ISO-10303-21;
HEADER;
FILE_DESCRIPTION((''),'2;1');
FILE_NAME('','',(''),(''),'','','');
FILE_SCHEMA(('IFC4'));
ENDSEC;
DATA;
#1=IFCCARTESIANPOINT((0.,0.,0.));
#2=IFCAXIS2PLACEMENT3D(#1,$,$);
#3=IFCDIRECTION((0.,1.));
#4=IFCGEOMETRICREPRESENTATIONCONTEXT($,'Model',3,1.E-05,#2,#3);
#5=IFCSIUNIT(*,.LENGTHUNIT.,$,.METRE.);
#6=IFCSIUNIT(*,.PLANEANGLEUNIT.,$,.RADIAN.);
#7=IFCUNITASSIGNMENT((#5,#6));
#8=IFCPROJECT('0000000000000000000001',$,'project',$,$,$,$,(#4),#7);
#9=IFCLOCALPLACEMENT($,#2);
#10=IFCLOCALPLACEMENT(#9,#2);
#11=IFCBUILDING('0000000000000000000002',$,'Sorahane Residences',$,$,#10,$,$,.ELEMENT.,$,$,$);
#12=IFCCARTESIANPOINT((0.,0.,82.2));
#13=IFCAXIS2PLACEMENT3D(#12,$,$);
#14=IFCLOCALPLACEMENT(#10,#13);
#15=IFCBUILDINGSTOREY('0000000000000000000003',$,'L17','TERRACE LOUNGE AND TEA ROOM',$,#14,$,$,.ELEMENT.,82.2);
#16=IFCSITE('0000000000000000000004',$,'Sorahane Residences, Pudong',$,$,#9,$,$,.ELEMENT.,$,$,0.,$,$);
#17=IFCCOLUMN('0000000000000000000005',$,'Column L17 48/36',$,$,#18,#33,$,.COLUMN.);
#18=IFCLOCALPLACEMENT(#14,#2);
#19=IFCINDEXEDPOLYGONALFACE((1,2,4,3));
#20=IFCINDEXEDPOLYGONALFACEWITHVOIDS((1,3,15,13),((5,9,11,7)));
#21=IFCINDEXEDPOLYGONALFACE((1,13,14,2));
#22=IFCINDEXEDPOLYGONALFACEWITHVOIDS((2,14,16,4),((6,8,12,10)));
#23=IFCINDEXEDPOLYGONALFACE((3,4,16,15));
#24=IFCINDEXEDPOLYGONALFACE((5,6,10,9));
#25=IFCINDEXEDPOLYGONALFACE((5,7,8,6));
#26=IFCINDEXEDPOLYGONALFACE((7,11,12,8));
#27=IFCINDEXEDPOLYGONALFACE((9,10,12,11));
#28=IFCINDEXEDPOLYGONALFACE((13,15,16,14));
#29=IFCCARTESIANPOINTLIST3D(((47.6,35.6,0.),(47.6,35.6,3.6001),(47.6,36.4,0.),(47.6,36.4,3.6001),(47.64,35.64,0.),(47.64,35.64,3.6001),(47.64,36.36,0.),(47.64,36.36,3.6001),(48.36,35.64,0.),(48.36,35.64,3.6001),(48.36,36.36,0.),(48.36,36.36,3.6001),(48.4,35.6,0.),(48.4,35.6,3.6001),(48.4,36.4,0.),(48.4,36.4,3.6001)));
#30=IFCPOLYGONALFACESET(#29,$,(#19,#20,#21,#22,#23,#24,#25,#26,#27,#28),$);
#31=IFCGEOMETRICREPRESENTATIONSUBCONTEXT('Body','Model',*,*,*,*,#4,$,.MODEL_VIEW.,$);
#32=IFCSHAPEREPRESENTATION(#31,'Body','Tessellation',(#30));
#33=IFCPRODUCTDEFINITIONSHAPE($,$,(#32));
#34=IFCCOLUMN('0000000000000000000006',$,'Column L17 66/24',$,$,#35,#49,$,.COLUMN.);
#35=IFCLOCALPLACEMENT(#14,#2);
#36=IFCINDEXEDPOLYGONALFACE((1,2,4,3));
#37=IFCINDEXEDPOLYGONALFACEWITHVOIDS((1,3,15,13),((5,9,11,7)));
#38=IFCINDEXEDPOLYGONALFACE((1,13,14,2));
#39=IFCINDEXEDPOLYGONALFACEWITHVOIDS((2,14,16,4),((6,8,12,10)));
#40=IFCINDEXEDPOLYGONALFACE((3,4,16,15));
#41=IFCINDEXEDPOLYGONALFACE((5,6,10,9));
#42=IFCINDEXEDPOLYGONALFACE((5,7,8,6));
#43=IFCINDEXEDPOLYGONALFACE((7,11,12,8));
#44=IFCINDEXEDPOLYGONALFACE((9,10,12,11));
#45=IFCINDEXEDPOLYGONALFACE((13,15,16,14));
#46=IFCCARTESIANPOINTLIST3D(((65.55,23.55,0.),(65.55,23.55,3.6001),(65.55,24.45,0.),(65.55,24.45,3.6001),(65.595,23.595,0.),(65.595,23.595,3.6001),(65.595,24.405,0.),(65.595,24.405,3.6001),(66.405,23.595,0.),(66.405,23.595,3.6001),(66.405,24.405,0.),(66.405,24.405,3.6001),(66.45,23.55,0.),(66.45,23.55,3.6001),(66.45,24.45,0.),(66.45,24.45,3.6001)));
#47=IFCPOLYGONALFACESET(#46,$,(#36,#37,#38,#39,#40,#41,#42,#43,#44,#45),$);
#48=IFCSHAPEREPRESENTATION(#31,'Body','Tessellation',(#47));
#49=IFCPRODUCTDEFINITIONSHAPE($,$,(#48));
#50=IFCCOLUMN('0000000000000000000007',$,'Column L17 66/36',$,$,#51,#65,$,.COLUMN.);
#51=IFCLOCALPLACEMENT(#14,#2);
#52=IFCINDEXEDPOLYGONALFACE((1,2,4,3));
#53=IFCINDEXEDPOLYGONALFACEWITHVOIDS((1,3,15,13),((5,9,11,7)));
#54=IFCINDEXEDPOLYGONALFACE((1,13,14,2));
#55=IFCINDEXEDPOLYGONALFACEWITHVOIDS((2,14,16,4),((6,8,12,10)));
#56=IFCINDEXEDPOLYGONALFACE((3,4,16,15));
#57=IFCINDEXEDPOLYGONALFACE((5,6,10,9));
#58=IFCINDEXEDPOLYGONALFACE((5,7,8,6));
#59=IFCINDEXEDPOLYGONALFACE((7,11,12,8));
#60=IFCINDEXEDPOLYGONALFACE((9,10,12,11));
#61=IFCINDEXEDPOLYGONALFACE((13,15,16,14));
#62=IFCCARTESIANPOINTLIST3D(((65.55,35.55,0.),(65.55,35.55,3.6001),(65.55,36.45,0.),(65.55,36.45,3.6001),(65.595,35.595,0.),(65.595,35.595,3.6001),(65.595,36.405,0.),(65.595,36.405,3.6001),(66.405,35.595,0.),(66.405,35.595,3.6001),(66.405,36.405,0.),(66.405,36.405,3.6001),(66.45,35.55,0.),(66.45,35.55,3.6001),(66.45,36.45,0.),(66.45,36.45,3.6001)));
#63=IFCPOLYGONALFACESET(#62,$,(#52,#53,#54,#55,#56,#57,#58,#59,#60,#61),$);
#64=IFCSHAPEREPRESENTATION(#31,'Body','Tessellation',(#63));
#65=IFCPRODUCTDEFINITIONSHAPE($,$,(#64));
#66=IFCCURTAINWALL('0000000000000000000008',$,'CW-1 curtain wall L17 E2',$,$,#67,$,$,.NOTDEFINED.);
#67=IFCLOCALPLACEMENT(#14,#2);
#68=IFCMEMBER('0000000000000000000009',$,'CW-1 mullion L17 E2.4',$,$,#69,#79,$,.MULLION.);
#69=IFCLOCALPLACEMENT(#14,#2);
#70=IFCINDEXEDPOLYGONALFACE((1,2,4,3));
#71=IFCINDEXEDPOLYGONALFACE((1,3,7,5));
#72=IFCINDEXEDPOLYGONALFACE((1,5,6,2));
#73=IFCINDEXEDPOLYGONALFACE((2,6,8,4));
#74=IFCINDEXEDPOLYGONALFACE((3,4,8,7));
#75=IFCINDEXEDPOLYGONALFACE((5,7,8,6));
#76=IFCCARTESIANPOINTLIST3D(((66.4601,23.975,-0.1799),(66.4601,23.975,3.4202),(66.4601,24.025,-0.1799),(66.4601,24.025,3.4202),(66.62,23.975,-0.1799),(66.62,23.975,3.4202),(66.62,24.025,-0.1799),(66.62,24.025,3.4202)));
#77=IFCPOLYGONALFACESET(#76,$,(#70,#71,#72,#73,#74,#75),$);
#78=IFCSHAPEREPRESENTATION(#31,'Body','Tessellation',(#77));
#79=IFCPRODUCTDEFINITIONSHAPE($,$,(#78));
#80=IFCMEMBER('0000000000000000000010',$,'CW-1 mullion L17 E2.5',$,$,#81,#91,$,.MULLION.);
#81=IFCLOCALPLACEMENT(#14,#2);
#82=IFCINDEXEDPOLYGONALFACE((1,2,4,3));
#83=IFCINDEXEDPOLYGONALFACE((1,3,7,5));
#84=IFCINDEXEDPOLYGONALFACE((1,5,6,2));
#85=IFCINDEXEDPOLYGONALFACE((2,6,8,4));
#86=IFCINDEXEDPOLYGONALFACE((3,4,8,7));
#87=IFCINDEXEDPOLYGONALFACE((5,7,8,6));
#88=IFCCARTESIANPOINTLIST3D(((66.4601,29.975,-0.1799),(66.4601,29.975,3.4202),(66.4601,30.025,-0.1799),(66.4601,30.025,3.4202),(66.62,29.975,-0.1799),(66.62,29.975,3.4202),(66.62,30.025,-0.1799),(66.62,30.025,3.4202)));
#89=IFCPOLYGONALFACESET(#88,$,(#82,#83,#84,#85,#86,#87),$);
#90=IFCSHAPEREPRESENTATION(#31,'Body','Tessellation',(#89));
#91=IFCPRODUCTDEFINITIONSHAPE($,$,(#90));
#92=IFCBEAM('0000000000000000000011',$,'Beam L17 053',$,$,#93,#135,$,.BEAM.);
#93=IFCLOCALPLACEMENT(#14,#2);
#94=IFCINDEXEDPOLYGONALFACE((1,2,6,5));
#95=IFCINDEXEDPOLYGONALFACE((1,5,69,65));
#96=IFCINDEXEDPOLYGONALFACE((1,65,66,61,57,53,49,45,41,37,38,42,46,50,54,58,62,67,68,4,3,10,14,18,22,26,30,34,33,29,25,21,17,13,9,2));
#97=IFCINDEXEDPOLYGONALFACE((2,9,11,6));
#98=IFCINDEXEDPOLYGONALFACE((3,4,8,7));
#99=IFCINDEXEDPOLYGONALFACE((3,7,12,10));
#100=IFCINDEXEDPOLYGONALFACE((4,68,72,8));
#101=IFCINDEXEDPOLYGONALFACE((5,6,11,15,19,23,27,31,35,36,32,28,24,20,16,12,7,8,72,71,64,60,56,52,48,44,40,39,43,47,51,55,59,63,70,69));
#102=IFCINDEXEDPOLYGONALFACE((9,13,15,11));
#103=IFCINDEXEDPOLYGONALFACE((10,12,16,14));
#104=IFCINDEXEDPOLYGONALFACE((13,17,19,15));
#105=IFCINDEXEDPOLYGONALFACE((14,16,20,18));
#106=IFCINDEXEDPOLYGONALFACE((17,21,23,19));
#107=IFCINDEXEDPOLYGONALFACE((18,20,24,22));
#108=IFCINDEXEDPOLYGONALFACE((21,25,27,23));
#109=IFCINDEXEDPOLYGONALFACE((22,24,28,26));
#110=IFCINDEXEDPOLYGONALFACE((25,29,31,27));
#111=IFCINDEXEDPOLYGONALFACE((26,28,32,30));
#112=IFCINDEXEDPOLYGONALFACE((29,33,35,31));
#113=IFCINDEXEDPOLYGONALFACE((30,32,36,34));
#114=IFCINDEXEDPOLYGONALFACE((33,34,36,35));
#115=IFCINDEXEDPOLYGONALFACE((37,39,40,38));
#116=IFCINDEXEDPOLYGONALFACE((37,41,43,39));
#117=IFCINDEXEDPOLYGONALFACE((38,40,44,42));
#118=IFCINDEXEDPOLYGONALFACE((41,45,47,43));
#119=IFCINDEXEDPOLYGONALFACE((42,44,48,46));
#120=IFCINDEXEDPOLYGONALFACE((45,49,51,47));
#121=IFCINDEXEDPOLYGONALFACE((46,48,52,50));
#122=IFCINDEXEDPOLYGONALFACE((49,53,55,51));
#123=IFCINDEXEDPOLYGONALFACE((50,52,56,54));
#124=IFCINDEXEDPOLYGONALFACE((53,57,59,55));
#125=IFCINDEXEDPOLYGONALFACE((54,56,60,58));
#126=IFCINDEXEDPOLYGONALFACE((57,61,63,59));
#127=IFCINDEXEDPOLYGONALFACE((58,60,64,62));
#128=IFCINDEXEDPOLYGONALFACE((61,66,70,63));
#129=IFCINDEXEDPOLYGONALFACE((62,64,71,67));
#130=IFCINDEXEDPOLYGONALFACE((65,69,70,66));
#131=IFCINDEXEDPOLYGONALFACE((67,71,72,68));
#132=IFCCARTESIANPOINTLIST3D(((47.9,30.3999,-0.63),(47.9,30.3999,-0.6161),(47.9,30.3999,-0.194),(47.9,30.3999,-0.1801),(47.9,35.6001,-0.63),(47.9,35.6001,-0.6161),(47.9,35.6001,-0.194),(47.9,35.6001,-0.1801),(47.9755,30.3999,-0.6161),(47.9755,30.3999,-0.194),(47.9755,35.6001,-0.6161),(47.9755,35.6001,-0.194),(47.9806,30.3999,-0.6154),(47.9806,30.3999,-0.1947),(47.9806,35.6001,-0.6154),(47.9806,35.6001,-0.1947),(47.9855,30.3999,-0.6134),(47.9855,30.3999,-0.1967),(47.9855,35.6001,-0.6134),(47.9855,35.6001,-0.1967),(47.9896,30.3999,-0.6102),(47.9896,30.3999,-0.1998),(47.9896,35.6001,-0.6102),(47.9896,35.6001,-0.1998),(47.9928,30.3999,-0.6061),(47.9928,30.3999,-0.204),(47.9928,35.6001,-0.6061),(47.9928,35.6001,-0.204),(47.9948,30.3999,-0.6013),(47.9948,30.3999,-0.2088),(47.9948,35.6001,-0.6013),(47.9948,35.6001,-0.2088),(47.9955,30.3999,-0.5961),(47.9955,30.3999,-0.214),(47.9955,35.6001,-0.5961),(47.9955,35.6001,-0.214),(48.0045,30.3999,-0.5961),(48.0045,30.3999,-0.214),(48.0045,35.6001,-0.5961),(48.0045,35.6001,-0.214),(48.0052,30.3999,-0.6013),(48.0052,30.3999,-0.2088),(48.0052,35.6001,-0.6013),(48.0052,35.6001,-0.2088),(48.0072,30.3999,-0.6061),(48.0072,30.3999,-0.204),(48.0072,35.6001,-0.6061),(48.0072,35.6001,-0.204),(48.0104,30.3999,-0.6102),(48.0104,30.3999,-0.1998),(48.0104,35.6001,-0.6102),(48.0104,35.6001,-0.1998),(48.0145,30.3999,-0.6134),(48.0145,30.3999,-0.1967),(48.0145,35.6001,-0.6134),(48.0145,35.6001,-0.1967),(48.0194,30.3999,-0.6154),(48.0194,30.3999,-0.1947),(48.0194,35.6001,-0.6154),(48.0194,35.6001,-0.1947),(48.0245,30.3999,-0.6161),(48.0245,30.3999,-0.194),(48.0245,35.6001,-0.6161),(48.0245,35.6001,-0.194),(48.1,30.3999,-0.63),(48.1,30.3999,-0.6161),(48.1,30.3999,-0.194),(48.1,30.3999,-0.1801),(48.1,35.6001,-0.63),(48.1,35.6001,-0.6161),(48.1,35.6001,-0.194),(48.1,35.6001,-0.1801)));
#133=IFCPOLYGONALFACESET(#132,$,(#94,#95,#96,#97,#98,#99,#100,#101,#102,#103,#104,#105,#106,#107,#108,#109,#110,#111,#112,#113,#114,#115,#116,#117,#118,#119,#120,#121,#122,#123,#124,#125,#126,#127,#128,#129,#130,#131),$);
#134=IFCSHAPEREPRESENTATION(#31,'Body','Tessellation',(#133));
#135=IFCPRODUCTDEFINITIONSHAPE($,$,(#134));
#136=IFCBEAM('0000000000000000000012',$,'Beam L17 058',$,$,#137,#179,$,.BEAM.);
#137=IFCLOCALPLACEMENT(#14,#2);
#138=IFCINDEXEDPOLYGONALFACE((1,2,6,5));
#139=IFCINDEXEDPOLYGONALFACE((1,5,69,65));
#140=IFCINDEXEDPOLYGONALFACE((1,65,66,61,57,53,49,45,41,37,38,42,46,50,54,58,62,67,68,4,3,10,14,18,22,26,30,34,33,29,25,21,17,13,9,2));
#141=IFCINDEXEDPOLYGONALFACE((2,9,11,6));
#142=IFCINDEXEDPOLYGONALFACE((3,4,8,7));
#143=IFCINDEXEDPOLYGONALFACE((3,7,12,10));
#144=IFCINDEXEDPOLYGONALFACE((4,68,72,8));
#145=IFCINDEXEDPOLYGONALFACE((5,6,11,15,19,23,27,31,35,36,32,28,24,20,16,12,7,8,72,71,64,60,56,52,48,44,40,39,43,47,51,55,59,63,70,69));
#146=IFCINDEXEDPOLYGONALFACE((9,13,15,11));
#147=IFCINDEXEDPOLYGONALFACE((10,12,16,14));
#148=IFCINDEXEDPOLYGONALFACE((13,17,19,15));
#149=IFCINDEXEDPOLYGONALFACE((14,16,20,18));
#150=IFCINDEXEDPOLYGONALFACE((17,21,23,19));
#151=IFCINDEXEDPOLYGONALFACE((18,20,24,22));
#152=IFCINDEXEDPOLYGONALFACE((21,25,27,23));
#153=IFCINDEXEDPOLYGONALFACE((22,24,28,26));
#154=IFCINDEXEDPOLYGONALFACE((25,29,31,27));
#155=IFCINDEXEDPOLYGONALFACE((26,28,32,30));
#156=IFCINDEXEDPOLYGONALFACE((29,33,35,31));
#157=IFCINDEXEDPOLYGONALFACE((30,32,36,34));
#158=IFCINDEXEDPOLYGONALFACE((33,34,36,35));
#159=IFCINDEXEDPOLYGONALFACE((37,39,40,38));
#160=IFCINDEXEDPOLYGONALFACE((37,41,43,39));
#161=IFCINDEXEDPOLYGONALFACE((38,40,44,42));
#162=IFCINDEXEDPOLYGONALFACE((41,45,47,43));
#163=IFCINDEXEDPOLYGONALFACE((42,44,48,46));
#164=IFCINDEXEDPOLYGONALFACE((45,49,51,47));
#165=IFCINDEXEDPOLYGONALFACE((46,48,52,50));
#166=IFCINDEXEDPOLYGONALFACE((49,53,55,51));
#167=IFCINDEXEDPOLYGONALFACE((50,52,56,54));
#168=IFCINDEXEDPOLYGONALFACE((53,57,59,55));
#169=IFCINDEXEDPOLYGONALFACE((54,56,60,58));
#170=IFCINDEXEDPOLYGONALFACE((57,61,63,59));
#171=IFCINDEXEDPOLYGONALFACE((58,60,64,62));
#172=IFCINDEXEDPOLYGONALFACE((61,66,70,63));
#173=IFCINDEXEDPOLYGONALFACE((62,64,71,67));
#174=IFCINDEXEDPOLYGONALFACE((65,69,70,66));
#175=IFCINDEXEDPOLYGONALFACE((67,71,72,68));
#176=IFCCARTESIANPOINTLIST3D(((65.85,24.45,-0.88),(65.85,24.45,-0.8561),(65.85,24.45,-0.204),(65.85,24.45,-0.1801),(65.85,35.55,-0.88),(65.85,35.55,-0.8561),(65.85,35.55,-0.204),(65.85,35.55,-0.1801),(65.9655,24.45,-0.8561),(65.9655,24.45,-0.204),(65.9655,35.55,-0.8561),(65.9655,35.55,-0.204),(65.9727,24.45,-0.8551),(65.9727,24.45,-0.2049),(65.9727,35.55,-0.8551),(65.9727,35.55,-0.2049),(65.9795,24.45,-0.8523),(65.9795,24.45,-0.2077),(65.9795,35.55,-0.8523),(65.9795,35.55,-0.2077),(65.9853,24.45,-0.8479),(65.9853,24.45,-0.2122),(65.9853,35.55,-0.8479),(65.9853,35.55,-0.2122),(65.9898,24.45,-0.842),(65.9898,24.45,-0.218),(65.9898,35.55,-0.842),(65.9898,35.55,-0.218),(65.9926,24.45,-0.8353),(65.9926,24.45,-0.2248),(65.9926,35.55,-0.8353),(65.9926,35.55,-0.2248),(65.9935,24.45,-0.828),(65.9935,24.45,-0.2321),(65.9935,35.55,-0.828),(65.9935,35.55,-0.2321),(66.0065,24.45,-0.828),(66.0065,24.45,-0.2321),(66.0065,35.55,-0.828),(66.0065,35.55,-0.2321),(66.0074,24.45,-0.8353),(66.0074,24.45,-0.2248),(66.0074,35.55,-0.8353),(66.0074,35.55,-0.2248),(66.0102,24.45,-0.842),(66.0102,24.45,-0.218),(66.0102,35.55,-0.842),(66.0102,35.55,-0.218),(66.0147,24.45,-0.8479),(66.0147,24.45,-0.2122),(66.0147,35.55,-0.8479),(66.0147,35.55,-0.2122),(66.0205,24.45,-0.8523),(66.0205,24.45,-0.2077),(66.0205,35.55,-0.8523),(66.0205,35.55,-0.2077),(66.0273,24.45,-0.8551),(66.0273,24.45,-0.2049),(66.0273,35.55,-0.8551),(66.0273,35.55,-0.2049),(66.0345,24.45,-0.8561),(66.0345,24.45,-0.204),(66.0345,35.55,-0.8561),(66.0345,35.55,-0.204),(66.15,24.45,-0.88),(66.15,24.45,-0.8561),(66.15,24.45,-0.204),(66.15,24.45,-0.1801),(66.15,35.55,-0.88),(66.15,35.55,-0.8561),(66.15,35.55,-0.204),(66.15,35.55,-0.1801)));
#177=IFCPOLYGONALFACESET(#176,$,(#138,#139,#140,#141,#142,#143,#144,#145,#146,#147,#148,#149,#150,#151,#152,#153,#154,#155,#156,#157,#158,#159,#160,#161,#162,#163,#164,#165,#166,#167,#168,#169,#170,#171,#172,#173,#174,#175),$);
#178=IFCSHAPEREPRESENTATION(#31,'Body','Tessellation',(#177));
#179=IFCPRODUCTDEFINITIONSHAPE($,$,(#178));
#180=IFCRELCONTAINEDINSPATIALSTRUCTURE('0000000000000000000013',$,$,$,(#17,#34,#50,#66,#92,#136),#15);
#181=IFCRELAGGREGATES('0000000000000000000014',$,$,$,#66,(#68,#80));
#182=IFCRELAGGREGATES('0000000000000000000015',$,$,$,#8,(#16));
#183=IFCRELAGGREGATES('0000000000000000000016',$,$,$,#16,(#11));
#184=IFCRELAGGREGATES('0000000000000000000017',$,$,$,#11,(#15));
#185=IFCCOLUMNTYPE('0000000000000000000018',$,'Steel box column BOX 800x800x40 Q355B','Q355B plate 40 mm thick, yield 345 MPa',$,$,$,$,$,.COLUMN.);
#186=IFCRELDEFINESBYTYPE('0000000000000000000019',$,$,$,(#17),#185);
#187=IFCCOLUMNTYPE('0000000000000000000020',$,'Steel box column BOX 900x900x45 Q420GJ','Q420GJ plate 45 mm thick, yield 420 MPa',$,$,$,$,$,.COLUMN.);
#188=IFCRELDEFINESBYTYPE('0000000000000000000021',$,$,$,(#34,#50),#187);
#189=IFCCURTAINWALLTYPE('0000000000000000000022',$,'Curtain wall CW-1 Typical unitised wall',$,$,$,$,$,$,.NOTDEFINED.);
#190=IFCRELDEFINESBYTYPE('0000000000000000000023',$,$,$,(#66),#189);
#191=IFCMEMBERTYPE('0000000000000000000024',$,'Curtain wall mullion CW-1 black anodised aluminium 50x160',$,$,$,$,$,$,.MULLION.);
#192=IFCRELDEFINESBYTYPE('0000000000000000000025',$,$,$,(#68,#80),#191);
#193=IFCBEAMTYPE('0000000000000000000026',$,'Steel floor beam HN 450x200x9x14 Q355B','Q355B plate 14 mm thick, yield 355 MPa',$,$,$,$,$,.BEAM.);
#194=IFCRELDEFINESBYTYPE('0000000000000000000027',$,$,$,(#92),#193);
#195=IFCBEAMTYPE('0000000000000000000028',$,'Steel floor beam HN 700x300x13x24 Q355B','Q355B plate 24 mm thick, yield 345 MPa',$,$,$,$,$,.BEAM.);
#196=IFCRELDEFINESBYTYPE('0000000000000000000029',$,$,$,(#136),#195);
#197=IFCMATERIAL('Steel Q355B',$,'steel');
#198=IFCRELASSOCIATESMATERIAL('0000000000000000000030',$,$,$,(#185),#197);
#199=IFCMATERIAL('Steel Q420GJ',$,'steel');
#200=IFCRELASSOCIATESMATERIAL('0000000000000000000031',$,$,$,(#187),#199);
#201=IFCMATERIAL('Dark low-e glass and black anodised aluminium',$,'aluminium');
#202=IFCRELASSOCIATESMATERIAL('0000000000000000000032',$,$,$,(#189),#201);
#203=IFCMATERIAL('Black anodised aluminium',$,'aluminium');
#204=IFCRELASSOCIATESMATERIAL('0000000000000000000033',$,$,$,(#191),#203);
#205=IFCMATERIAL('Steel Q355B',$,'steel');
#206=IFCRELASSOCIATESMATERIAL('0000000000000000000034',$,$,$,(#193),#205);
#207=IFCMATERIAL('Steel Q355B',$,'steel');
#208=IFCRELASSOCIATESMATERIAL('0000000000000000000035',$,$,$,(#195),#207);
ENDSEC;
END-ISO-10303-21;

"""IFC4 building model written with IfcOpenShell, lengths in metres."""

from ifc_helpers import new_model, si_unit, direction, frame, origin, origin_2d, place, context, subcontext, project, spatial, rectangle, hollow_rectangle, i_section, extrude, material, material_profile, profile_set, type_object, element, aggregate, save


model = new_model("IFC4")

# Units and contexts
model_context = context("Model", 3, precision=1e-05, world=origin(), true_north=direction((0.0, 1.0)))
body_context = subcontext(model_context, "Body", "Model", "MODEL_VIEW")
ifc_project = project(units=[si_unit("LENGTHUNIT", "METRE"), si_unit("PLANEANGLEUNIT", "RADIAN")], contexts=[model_context])

# Site, building, storey
site_placement = place(None, origin())
site = spatial("IfcSite", under=ifc_project, at=site_placement, Name="Sorahane Residences, Pudong", CompositionType="ELEMENT", RefElevation=0.0)
building_placement = place(site_placement, origin())
building = spatial("IfcBuilding", under=site, at=building_placement, Name="Sorahane Residences", CompositionType="ELEMENT")
storey_placement = place(building_placement, frame((0.0, 0.0, 82.2)))
storey = spatial("IfcBuildingStorey", under=building, at=storey_placement, Name="L17", Description="TERRACE LOUNGE AND TEA ROOM", CompositionType="ELEMENT", Elevation=82.2)

# Columns
ifc_material_1 = material(Name="Steel Q355B", Category="steel")
ifc_material_profile_1 = material_profile(ifc_material_1, hollow_rectangle(XDim=0.8, YDim=0.8, WallThickness=0.04, at=origin_2d()), Name="BOX 800x800x40")
ifc_profile_set_1 = profile_set([ifc_material_profile_1], Name="Steel Q355B")
column_type_1 = type_object("IfcColumnType", Name="Steel box column BOX 800x800x40 Q355B", Description="Q355B plate 40 mm thick, yield 345 MPa", PredefinedType="COLUMN", material=ifc_profile_set_1)
column_placement = place(storey_placement, frame((48.0, 36.0, 0.0), z_axis=(0.0, 0.0, 1.0), x_axis=(1.0, 0.0, 0.0)))
element("IfcColumn", 1, at=column_placement, inside=storey, type_object=column_type_1, Name="Column L17 48/36", PredefinedType="COLUMN", context=body_context, shape_type="SweptSolid", body=[
    extrude(hollow_rectangle(XDim=0.8, YDim=0.8, WallThickness=0.04, at=origin_2d()), origin(), (0.0, 0.0, 1.0), 3.6001),
])
ifc_material_2 = material(Name="Steel Q420GJ", Category="steel")
ifc_material_profile_2 = material_profile(ifc_material_2, hollow_rectangle(XDim=0.8999, YDim=0.8999, WallThickness=0.0449, at=origin_2d()), Name="BOX 900x900x45")
ifc_profile_set_2 = profile_set([ifc_material_profile_2], Name="Steel Q420GJ")
column_type_2 = type_object("IfcColumnType", Name="Steel box column BOX 900x900x45 Q420GJ", Description="Q420GJ plate 45 mm thick, yield 420 MPa", PredefinedType="COLUMN", material=ifc_profile_set_2)
for number, where, z_axis, x_axis, name in (
    (2, (66.0, 24.0, 0.0), (0.0, 0.0, 1.0), (1.0, 0.0, 0.0), "Column L17 66/24"),
    (3, (66.0, 36.0, 0.0), (0.0, 0.0, 1.0), (1.0, 0.0, 0.0), "Column L17 66/36"),
):
    element("IfcColumn", number, at=place(storey_placement, frame(where, z_axis=z_axis, x_axis=x_axis)), inside=storey, type_object=column_type_2, Name=name, PredefinedType="COLUMN", context=body_context, shape_type="SweptSolid", body=[
        extrude(hollow_rectangle(XDim=0.8999, YDim=0.8999, WallThickness=0.0449, at=origin_2d()), origin(), (0.0, 0.0, 1.0), 3.6001),
    ])

# Curtain wall, members
ifc_material_3 = material(Name="Dark low-e glass and black anodised aluminium", Category="aluminium")
curtain_wall_type = type_object("IfcCurtainWallType", Name="Curtain wall CW-1 Typical unitised wall", PredefinedType="NOTDEFINED", material=ifc_material_3)
curtain_wall_placement = place(storey_placement, origin())
curtain_wall = element("IfcCurtainWall", 4, at=curtain_wall_placement, inside=storey, type_object=curtain_wall_type, Name="CW-1 curtain wall L17 E2", PredefinedType="NOTDEFINED")
ifc_material_4 = material(Name="Black anodised aluminium", Category="aluminium")
ifc_material_profile_3 = material_profile(ifc_material_4, rectangle(XDim=0.1599, YDim=0.05, at=origin_2d()), Name="Curtain wall mullion CW-1 black anodised aluminium 50x160")
ifc_profile_set_3 = profile_set([ifc_material_profile_3], Name="Black anodised aluminium")
member_type = type_object("IfcMemberType", Name="Curtain wall mullion CW-1 black anodised aluminium 50x160", PredefinedType="MULLION", material=ifc_profile_set_3)
member_1_placement = place(storey_placement, frame((66.54, 24.0, -0.1799), z_axis=(0.0, 0.0, 1.0), x_axis=(1.0, 0.0, 0.0)))
member_1 = element("IfcMember", 5, at=member_1_placement, type_object=member_type, Name="CW-1 mullion L17 E2.4", PredefinedType="MULLION", context=body_context, shape_type="SweptSolid", body=[
    extrude(rectangle(XDim=0.1599, YDim=0.05, at=origin_2d()), origin(), (0.0, 0.0, 1.0), 3.6001),
])
member_2_placement = place(storey_placement, frame((66.54, 30.0, -0.1799), z_axis=(0.0, 0.0, 1.0), x_axis=(1.0, 0.0, 0.0)))
member_2 = element("IfcMember", 6, at=member_2_placement, type_object=member_type, Name="CW-1 mullion L17 E2.5", PredefinedType="MULLION", context=body_context, shape_type="SweptSolid", body=[
    extrude(rectangle(XDim=0.1599, YDim=0.05, at=origin_2d()), origin(), (0.0, 0.0, 1.0), 3.6001),
])

# Beams
ifc_material_5 = material(Name="Steel Q355B", Category="steel")
ifc_material_profile_4 = material_profile(ifc_material_5, i_section(OverallWidth=0.2, OverallDepth=0.45, WebThickness=0.009, FlangeThickness=0.0139, FilletRadius=0.02, at=origin_2d()), Name="HN 450x200x9x14")
ifc_profile_set_4 = profile_set([ifc_material_profile_4], Name="Steel Q355B")
beam_type_1 = type_object("IfcBeamType", Name="Steel floor beam HN 450x200x9x14 Q355B", Description="Q355B plate 14 mm thick, yield 355 MPa", PredefinedType="BEAM", material=ifc_profile_set_4)
beam_1_placement = place(storey_placement, frame((48.0, 30.3999, -0.405), z_axis=(0.0, 1.0, 0.0), x_axis=(-1.0, 0.0, 0.0)))
element("IfcBeam", 7, at=beam_1_placement, inside=storey, type_object=beam_type_1, Name="Beam L17 053", PredefinedType="BEAM", context=body_context, shape_type="SweptSolid", body=[
    extrude(i_section(OverallWidth=0.2, OverallDepth=0.45, WebThickness=0.009, FlangeThickness=0.0139, FilletRadius=0.02, at=origin_2d()), origin(), (0.0, 0.0, 1.0), 5.2002),
])
ifc_material_6 = material(Name="Steel Q355B", Category="steel")
ifc_material_profile_5 = material_profile(ifc_material_6, i_section(OverallWidth=0.3, OverallDepth=0.7, WebThickness=0.0129, FlangeThickness=0.0239, FilletRadius=0.0281, at=origin_2d()), Name="HN 700x300x13x24")
ifc_profile_set_5 = profile_set([ifc_material_profile_5], Name="Steel Q355B")
beam_type_2 = type_object("IfcBeamType", Name="Steel floor beam HN 700x300x13x24 Q355B", Description="Q355B plate 24 mm thick, yield 345 MPa", PredefinedType="BEAM", material=ifc_profile_set_5)
beam_2_placement = place(storey_placement, frame((66.0, 24.45, -0.53), z_axis=(0.0, 1.0, 0.0), x_axis=(-1.0, 0.0, 0.0)))
element("IfcBeam", 8, at=beam_2_placement, inside=storey, type_object=beam_type_2, Name="Beam L17 058", PredefinedType="BEAM", context=body_context, shape_type="SweptSolid", body=[
    extrude(i_section(OverallWidth=0.3, OverallDepth=0.7, WebThickness=0.0129, FlangeThickness=0.0239, FilletRadius=0.0281, at=origin_2d()), origin(), (0.0, 0.0, 1.0), 11.1001),
])

aggregate(curtain_wall, [member_1, member_2])

save(model, "model.ifc")
